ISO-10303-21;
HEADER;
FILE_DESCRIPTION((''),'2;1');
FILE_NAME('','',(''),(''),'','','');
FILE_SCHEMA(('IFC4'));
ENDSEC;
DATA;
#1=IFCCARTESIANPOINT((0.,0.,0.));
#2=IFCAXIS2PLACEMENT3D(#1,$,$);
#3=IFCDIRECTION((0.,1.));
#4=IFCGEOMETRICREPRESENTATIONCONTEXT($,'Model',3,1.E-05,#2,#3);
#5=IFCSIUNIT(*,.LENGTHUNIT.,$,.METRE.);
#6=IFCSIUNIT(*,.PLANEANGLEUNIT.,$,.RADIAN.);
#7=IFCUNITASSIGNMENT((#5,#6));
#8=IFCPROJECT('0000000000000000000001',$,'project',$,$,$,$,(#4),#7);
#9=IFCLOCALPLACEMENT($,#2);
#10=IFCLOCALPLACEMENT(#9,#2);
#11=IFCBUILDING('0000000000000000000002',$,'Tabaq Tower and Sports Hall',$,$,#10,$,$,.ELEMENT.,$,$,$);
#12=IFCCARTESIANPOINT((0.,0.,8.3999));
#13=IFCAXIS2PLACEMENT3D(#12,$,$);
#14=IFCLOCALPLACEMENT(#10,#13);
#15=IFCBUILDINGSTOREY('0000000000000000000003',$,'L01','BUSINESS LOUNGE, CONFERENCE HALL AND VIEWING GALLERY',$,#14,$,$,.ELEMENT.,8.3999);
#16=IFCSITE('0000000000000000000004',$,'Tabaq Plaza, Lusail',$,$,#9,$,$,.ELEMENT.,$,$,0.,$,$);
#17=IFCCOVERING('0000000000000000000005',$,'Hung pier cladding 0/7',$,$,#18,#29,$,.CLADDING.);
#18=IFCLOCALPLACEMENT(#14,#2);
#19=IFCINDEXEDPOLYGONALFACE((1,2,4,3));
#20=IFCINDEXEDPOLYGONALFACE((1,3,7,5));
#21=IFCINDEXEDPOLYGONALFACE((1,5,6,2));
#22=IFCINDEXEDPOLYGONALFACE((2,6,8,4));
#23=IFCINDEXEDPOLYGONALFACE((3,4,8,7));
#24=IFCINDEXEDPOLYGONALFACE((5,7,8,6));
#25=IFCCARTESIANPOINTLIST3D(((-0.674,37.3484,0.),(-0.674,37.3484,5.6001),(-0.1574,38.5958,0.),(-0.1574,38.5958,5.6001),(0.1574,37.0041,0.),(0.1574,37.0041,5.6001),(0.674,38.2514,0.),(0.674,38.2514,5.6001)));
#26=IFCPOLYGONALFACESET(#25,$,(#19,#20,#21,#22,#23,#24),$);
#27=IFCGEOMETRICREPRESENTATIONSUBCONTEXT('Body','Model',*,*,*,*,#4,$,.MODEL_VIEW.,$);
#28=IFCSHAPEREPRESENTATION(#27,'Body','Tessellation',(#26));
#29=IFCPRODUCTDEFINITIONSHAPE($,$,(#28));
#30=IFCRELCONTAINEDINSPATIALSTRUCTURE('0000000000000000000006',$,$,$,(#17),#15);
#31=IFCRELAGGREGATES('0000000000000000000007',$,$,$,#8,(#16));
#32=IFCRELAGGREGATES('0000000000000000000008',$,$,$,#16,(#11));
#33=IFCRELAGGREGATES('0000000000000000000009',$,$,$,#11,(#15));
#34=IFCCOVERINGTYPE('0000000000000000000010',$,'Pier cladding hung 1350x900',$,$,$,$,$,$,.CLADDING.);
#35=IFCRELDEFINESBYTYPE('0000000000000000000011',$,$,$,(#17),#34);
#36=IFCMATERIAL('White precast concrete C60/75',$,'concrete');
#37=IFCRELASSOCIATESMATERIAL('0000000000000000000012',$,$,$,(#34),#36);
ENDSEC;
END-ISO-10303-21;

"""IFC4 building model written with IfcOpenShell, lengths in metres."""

from ifc_helpers import new_model, si_unit, direction, frame, frame_2d, origin, place, context, subcontext, project, spatial, rectangle, extrude, material, type_object, element, save


model = new_model("IFC4")

# Units and contexts
model_context = context("Model", 3, precision=1e-05, world=origin(), true_north=direction((0.0, 1.0)))
body_context = subcontext(model_context, "Body", "Model", "MODEL_VIEW")
ifc_project = project(units=[si_unit("LENGTHUNIT", "METRE"), si_unit("PLANEANGLEUNIT", "RADIAN")], contexts=[model_context])

# Site, building, storey
site_placement = place(None, origin())
site = spatial("IfcSite", under=ifc_project, at=site_placement, Name="Tabaq Plaza, Lusail", CompositionType="ELEMENT", RefElevation=0.0)
building_placement = place(site_placement, origin())
building = spatial("IfcBuilding", under=site, at=building_placement, Name="Tabaq Tower and Sports Hall", CompositionType="ELEMENT")
storey_placement = place(building_placement, frame((0.0, 0.0, 8.3999)))
storey = spatial("IfcBuildingStorey", under=building, at=storey_placement, Name="L01", Description="BUSINESS LOUNGE, CONFERENCE HALL AND VIEWING GALLERY", CompositionType="ELEMENT", Elevation=8.3999)

# Covering
ifc_material_1 = material(Name="White precast concrete C60/75", Category="concrete")
covering_type = type_object("IfcCoveringType", Name="Pier cladding hung 1350x900", PredefinedType="CLADDING", material=ifc_material_1)
covering_placement = place(storey_placement, frame((0.2583, 38.4236, 0.0), z_axis=(0.0, 0.0, 1.0), x_axis=(-0.38265, -0.923893, 0.0)))
element("IfcCovering", 1, at=covering_placement, inside=storey, type_object=covering_type, Name="Hung pier cladding 0/7", PredefinedType="CLADDING", context=body_context, shape_type="SweptSolid", body=[
    extrude(rectangle(XDim=1.3501, YDim=0.8999, at=frame_2d((0.675, 0.0))), origin(), (0.0, 0.0, 1.0), 5.6001),
])

save(model, "model.ifc")
